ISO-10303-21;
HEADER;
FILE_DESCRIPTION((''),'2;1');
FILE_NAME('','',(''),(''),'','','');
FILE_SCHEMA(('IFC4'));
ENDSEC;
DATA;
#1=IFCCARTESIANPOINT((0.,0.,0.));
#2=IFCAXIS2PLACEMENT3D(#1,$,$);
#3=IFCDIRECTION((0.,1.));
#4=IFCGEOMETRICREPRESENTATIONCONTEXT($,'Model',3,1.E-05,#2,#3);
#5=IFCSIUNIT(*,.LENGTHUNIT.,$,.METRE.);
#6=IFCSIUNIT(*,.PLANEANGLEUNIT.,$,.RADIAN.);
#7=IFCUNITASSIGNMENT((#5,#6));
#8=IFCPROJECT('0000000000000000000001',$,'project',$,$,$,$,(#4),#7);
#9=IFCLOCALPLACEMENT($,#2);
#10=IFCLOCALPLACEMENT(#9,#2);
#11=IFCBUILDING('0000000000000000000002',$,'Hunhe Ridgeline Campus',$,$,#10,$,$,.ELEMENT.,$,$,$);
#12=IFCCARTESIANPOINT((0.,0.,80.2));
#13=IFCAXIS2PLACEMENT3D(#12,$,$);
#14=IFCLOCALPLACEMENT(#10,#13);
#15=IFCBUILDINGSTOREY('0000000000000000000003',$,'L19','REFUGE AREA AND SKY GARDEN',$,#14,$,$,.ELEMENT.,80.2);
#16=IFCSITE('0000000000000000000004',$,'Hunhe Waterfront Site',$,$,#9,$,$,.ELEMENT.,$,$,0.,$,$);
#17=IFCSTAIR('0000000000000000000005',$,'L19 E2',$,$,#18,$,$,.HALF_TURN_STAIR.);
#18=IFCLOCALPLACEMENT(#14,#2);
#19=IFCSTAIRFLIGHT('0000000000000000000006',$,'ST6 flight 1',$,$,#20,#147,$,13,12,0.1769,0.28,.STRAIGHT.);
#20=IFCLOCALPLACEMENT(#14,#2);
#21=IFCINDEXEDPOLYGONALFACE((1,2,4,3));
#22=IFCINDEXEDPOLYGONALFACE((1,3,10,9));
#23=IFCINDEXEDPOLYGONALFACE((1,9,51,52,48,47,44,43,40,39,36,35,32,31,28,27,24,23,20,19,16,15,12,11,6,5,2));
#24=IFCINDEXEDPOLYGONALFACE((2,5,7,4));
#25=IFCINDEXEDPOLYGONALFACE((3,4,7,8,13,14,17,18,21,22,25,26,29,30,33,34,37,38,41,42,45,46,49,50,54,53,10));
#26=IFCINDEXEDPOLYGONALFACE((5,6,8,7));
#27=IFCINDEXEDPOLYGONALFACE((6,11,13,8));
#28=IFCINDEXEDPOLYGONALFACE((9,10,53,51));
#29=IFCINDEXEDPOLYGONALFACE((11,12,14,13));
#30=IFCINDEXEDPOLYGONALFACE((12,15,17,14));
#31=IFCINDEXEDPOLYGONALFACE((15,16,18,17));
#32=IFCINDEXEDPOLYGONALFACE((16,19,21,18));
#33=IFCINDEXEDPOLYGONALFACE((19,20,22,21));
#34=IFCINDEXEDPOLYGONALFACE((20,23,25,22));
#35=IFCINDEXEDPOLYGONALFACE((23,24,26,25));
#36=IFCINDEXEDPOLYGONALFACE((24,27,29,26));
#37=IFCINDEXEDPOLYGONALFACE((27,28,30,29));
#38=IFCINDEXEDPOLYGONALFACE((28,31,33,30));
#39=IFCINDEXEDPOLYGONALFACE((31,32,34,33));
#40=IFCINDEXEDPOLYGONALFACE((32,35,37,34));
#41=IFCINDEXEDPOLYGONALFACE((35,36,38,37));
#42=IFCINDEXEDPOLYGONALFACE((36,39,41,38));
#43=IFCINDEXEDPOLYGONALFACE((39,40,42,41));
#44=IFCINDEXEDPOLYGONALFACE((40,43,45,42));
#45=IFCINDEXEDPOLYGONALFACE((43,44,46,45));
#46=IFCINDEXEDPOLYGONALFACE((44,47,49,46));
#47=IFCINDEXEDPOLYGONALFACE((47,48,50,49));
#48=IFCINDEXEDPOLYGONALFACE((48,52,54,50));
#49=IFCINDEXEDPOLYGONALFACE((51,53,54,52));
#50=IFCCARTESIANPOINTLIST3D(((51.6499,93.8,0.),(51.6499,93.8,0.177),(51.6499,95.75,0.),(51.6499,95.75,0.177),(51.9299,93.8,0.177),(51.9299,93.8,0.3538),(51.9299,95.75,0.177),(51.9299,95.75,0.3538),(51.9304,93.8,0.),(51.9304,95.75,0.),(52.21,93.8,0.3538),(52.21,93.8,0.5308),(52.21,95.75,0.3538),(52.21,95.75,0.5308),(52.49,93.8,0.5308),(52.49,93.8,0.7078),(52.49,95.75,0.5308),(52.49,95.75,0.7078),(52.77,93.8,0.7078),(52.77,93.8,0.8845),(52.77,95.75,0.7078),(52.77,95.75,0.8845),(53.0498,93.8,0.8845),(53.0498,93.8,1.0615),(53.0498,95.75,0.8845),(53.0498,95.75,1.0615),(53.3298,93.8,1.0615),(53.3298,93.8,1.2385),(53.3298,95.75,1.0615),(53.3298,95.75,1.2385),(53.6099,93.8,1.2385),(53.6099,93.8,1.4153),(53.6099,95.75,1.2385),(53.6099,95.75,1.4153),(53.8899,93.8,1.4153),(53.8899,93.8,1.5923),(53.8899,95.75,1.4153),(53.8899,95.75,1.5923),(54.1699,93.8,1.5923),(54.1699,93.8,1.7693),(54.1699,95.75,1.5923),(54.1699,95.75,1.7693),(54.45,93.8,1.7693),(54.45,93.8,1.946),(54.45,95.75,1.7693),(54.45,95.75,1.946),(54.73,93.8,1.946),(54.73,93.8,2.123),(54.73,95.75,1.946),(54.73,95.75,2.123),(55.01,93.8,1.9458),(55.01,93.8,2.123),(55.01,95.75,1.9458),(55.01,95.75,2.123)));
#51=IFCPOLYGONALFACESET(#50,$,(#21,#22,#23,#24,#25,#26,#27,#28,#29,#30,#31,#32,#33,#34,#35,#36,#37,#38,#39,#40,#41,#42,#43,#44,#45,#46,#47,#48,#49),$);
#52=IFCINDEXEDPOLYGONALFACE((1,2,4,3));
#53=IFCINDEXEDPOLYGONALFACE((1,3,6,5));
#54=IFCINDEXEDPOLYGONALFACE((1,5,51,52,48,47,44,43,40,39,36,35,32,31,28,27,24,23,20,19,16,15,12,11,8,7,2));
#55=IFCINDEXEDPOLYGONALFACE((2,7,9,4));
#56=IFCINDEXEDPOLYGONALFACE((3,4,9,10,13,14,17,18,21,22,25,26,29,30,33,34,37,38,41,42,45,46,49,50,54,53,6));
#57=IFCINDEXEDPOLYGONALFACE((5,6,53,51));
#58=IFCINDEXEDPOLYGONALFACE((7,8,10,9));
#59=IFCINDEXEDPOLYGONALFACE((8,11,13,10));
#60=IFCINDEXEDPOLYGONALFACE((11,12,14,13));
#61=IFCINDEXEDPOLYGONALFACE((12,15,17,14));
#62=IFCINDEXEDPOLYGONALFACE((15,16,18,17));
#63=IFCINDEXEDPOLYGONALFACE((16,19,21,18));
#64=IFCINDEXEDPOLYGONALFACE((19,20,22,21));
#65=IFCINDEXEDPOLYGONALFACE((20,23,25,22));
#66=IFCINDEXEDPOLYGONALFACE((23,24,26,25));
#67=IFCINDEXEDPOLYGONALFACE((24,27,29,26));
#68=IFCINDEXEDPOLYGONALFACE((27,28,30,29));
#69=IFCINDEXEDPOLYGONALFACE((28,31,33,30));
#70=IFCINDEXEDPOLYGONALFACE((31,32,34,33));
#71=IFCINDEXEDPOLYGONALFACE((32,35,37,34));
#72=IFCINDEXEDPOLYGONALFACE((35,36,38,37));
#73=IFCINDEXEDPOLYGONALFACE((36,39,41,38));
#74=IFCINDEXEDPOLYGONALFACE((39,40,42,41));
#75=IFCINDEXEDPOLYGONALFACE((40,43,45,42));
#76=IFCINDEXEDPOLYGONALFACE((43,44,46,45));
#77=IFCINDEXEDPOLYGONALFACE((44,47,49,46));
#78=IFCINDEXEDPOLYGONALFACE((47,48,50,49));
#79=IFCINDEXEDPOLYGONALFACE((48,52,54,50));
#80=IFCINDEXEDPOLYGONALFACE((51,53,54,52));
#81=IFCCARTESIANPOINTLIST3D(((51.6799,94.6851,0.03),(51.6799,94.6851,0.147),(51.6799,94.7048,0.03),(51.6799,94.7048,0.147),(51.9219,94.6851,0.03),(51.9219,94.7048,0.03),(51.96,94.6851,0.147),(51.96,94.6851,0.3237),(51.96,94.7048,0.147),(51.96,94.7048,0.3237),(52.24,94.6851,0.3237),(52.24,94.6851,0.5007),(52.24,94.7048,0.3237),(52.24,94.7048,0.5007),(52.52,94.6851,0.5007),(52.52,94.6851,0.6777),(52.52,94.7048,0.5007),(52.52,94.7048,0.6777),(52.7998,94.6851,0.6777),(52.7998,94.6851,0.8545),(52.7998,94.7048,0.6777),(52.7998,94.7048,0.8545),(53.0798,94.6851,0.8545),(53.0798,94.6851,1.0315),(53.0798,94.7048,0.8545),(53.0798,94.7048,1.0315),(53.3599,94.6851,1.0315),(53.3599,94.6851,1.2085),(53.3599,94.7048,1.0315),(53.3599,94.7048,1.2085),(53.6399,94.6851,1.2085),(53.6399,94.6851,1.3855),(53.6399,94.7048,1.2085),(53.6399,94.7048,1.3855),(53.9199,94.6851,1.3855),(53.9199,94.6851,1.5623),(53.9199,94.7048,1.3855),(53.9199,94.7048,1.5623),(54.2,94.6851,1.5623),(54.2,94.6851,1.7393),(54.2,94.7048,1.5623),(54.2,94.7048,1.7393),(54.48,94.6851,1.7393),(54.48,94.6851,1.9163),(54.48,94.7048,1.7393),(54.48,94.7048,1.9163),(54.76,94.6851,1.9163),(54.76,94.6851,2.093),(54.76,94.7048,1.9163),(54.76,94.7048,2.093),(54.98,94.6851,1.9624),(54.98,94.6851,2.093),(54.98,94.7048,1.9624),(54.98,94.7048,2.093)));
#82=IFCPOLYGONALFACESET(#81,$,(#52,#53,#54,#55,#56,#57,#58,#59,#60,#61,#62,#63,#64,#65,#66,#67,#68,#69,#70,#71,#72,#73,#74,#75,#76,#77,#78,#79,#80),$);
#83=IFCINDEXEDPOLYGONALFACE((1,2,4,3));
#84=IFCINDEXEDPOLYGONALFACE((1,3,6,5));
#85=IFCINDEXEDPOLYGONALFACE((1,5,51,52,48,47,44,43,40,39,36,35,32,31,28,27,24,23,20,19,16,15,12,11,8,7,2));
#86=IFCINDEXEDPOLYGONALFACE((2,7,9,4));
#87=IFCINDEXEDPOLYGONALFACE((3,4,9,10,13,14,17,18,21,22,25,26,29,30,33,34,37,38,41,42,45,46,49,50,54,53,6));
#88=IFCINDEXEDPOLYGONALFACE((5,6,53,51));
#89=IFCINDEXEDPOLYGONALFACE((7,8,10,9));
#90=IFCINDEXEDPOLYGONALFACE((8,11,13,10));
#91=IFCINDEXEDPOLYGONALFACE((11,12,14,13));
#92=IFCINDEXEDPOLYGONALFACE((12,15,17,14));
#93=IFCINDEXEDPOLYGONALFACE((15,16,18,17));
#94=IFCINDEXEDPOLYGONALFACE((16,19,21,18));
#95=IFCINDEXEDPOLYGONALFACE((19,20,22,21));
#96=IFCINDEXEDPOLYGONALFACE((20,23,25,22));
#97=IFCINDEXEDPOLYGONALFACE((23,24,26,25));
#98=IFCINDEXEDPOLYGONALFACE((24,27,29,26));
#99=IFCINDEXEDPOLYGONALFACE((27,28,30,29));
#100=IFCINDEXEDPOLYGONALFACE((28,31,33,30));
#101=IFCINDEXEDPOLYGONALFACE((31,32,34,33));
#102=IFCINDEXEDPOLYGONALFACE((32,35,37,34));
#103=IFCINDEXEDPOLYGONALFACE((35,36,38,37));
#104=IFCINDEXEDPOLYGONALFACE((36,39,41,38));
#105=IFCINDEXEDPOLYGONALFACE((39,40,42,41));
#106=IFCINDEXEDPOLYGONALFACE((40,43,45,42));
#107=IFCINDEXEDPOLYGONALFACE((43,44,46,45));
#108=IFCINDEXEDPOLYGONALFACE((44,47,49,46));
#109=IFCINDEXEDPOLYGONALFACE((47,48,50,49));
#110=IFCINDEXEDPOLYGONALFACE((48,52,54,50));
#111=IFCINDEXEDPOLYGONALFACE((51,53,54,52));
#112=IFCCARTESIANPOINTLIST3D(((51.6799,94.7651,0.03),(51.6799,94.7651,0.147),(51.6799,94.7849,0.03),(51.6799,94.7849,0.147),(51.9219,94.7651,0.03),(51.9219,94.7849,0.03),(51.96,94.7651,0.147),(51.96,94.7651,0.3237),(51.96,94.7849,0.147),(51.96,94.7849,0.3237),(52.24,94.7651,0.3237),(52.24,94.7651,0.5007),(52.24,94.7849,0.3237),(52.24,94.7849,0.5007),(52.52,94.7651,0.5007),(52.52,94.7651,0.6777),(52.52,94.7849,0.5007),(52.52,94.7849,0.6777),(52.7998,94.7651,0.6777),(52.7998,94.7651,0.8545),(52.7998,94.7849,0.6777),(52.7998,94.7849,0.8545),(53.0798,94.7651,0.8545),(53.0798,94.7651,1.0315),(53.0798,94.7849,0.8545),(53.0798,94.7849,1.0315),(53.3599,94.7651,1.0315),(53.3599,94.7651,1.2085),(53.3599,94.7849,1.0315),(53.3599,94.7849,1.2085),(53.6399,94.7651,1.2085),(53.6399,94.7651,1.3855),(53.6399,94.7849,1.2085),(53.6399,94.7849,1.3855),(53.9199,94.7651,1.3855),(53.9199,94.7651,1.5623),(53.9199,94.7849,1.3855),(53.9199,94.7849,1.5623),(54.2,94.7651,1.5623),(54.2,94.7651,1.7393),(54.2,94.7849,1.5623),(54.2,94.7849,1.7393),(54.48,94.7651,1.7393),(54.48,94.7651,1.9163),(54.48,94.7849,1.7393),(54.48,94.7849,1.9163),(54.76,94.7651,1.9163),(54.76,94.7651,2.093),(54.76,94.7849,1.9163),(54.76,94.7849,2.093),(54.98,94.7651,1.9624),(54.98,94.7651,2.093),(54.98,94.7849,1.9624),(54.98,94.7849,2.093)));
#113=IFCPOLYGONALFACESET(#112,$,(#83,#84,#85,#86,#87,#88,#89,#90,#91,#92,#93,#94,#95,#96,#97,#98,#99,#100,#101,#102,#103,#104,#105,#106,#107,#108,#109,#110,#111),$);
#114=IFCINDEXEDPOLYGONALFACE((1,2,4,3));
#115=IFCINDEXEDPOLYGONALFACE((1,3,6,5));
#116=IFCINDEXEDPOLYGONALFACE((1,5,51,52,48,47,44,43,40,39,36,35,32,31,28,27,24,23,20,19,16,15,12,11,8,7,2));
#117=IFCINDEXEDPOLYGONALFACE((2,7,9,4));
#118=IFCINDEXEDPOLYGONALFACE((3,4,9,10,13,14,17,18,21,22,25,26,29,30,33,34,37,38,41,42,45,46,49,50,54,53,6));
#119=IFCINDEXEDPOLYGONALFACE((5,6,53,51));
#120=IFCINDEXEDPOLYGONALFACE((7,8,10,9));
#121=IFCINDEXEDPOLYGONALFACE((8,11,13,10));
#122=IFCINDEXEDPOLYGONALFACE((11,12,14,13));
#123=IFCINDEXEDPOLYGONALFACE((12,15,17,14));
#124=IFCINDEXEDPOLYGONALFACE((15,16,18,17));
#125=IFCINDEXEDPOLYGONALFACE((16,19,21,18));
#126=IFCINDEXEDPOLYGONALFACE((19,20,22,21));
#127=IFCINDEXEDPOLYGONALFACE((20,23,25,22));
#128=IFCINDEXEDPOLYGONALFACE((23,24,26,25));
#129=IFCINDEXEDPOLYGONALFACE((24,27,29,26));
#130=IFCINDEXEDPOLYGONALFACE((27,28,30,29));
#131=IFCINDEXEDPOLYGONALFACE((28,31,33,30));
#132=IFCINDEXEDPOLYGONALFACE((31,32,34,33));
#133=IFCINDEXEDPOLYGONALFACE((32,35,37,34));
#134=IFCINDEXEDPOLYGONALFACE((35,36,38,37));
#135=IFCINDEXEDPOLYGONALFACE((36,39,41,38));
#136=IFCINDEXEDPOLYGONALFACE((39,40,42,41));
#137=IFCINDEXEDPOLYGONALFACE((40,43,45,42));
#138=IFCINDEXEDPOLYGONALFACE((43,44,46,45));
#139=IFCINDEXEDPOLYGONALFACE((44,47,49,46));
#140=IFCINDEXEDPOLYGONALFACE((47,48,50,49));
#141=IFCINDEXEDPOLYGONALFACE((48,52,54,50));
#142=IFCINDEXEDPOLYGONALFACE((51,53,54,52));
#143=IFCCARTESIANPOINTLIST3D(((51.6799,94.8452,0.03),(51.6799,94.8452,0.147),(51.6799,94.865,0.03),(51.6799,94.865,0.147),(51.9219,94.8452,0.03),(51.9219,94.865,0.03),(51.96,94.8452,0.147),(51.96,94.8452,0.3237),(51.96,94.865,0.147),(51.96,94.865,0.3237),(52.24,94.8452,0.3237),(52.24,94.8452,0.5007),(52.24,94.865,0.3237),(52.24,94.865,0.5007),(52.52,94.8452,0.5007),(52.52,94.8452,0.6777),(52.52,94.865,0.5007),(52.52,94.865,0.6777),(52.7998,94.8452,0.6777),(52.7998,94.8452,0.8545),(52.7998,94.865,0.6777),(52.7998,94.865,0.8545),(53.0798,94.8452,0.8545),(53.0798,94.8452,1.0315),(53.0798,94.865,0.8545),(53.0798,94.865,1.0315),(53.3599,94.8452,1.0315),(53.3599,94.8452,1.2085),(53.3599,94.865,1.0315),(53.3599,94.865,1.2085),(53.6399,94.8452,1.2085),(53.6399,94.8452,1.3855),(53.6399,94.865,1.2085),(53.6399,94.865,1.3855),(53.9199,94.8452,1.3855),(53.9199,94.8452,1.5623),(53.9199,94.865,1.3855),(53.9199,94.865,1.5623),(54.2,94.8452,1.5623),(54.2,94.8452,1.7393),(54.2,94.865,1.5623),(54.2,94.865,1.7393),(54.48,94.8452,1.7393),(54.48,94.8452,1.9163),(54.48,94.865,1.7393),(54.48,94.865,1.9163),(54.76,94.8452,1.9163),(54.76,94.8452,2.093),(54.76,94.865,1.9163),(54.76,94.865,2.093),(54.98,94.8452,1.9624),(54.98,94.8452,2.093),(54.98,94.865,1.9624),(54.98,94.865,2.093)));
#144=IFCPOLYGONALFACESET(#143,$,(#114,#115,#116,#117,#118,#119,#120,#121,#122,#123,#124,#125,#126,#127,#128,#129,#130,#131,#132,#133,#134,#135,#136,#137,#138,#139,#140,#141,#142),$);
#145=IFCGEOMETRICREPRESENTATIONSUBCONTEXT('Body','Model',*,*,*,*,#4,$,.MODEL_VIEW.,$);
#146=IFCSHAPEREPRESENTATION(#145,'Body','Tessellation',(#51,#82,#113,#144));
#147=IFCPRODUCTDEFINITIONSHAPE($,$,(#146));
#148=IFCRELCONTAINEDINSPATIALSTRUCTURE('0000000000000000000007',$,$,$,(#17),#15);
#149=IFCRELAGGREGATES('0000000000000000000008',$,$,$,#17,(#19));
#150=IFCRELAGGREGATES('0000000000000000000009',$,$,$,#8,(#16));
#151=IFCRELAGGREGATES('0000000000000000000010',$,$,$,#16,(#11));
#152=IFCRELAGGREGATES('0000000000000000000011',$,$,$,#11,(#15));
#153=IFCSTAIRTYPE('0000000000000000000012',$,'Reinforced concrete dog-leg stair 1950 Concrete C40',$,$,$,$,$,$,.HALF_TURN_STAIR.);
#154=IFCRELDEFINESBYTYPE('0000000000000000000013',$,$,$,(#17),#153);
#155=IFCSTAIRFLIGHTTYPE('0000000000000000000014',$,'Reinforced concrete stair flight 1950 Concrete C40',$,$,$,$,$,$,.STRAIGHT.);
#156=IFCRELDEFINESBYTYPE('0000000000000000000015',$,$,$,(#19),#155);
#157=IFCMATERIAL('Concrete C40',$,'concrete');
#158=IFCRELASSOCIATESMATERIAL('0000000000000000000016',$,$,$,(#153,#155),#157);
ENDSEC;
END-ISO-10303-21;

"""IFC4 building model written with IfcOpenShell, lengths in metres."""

from ifc_helpers import new_model, si_unit, direction, frame, origin, place, context, subcontext, project, spatial, polyline, outline, extrude, material, type_object, element, aggregate, save


model = new_model("IFC4")

# Units and contexts
model_context = context("Model", 3, precision=1e-05, world=origin(), true_north=direction((0.0, 1.0)))
body_context = subcontext(model_context, "Body", "Model", "MODEL_VIEW")
ifc_project = project(units=[si_unit("LENGTHUNIT", "METRE"), si_unit("PLANEANGLEUNIT", "RADIAN")], contexts=[model_context])

# Site, building, storey
site_placement = place(None, origin())
site = spatial("IfcSite", under=ifc_project, at=site_placement, Name="Hunhe Waterfront Site", CompositionType="ELEMENT", RefElevation=0.0)
building_placement = place(site_placement, origin())
building = spatial("IfcBuilding", under=site, at=building_placement, Name="Hunhe Ridgeline Campus", CompositionType="ELEMENT")
storey_placement = place(building_placement, frame((0.0, 0.0, 80.2)))
storey = spatial("IfcBuildingStorey", under=building, at=storey_placement, Name="L19", Description="REFUGE AREA AND SKY GARDEN", CompositionType="ELEMENT", Elevation=80.2)

# Stair, stair flight
ifc_material_1 = material(Name="Concrete C40", Category="concrete")
stair_type = type_object("IfcStairType", Name="Reinforced concrete dog-leg stair 1950 Concrete C40", PredefinedType="HALF_TURN_STAIR", material=ifc_material_1)
stair_placement = place(storey_placement, origin())
stair = element("IfcStair", 1, at=stair_placement, inside=storey, type_object=stair_type, Name="L19 E2", PredefinedType="HALF_TURN_STAIR")
stair_flight_type = type_object("IfcStairFlightType", Name="Reinforced concrete stair flight 1950 Concrete C40", PredefinedType="STRAIGHT", material=ifc_material_1)
stair_flight_placement = place(storey_placement, frame((51.6499, 94.7749, 0.0), z_axis=(0.0, 0.0, 1.0), x_axis=(1.0, 0.0, 0.0)))
stair_flight = element("IfcStairFlight", 2, at=stair_flight_placement, type_object=stair_flight_type, Name="ST6 flight 1", NumberOfRisers=13, NumberOfTreads=12, PredefinedType="STRAIGHT", RiserHeight=0.1769, TreadLength=0.28, context=body_context, shape_type="SweptSolid", body=[
    extrude(outline(polyline([(0.0, 0.0), (0.0, 0.177), (0.28, 0.177), (0.28, 0.3538), (0.5601, 0.3538), (0.5601, 0.5308), (0.8401, 0.5308), (0.8401, 0.7078), (1.1201, 0.7078), (1.1201, 0.8845), (1.3999, 0.8845), (1.3999, 1.0615), (1.6799, 1.0615), (1.6799, 1.2385), (1.96, 1.2385), (1.96, 1.4153), (2.24, 1.4153), (2.24, 1.5923), (2.52, 1.5923), (2.52, 1.7693), (2.8, 1.7693), (2.8, 1.946), (3.0801, 1.946), (3.0801, 2.123), (3.3601, 2.123), (3.3601, 2.3), (3.3601, 1.9458), (0.2805, 0.0), (0.0, 0.0)])), frame((0.0, 0.9751, 0.0), z_axis=(0.0, -1.0, 0.0), x_axis=(1.0, 0.0, 0.0)), (0.0, 0.0, 1.0), 1.95),
    extrude(outline(polyline([(0.03, 0.03), (0.03, 0.147), (0.3101, 0.147), (0.3101, 0.3237), (0.5901, 0.3237), (0.5901, 0.5007), (0.8701, 0.5007), (0.8701, 0.6777), (1.1499, 0.6777), (1.1499, 0.8545), (1.4299, 0.8545), (1.4299, 1.0315), (1.71, 1.0315), (1.71, 1.2085), (1.99, 1.2085), (1.99, 1.3855), (2.27, 1.3855), (2.27, 1.5623), (2.55, 1.5623), (2.55, 1.7393), (2.8301, 1.7393), (2.8301, 1.9163), (3.1101, 1.9163), (3.1101, 2.093), (3.3301, 2.093), (3.3301, 1.9624), (0.272, 0.03), (0.03, 0.03)])), frame((0.0, -0.0701, 0.0), z_axis=(0.0, -1.0, 0.0), x_axis=(1.0, 0.0, 0.0)), (0.0, 0.0, 1.0), 0.0198),
    extrude(outline(polyline([(0.03, 0.03), (0.03, 0.147), (0.3101, 0.147), (0.3101, 0.3237), (0.5901, 0.3237), (0.5901, 0.5007), (0.8701, 0.5007), (0.8701, 0.6777), (1.1499, 0.6777), (1.1499, 0.8545), (1.4299, 0.8545), (1.4299, 1.0315), (1.71, 1.0315), (1.71, 1.2085), (1.99, 1.2085), (1.99, 1.3855), (2.27, 1.3855), (2.27, 1.5623), (2.55, 1.5623), (2.55, 1.7393), (2.8301, 1.7393), (2.8301, 1.9163), (3.1101, 1.9163), (3.1101, 2.093), (3.3301, 2.093), (3.3301, 1.9624), (0.272, 0.03), (0.03, 0.03)])), frame((0.0, 0.01, 0.0), z_axis=(0.0, -1.0, 0.0), x_axis=(1.0, 0.0, 0.0)), (0.0, 0.0, 1.0), 0.0198),
    extrude(outline(polyline([(0.03, 0.03), (0.03, 0.147), (0.3101, 0.147), (0.3101, 0.3237), (0.5901, 0.3237), (0.5901, 0.5007), (0.8701, 0.5007), (0.8701, 0.6777), (1.1499, 0.6777), (1.1499, 0.8545), (1.4299, 0.8545), (1.4299, 1.0315), (1.71, 1.0315), (1.71, 1.2085), (1.99, 1.2085), (1.99, 1.3855), (2.27, 1.3855), (2.27, 1.5623), (2.55, 1.5623), (2.55, 1.7393), (2.8301, 1.7393), (2.8301, 1.9163), (3.1101, 1.9163), (3.1101, 2.093), (3.3301, 2.093), (3.3301, 1.9624), (0.272, 0.03), (0.03, 0.03)])), frame((0.0, 0.0901, 0.0), z_axis=(0.0, -1.0, 0.0), x_axis=(1.0, 0.0, 0.0)), (0.0, 0.0, 1.0), 0.0198),
])
aggregate(stair, [stair_flight])

save(model, "model.ifc")
